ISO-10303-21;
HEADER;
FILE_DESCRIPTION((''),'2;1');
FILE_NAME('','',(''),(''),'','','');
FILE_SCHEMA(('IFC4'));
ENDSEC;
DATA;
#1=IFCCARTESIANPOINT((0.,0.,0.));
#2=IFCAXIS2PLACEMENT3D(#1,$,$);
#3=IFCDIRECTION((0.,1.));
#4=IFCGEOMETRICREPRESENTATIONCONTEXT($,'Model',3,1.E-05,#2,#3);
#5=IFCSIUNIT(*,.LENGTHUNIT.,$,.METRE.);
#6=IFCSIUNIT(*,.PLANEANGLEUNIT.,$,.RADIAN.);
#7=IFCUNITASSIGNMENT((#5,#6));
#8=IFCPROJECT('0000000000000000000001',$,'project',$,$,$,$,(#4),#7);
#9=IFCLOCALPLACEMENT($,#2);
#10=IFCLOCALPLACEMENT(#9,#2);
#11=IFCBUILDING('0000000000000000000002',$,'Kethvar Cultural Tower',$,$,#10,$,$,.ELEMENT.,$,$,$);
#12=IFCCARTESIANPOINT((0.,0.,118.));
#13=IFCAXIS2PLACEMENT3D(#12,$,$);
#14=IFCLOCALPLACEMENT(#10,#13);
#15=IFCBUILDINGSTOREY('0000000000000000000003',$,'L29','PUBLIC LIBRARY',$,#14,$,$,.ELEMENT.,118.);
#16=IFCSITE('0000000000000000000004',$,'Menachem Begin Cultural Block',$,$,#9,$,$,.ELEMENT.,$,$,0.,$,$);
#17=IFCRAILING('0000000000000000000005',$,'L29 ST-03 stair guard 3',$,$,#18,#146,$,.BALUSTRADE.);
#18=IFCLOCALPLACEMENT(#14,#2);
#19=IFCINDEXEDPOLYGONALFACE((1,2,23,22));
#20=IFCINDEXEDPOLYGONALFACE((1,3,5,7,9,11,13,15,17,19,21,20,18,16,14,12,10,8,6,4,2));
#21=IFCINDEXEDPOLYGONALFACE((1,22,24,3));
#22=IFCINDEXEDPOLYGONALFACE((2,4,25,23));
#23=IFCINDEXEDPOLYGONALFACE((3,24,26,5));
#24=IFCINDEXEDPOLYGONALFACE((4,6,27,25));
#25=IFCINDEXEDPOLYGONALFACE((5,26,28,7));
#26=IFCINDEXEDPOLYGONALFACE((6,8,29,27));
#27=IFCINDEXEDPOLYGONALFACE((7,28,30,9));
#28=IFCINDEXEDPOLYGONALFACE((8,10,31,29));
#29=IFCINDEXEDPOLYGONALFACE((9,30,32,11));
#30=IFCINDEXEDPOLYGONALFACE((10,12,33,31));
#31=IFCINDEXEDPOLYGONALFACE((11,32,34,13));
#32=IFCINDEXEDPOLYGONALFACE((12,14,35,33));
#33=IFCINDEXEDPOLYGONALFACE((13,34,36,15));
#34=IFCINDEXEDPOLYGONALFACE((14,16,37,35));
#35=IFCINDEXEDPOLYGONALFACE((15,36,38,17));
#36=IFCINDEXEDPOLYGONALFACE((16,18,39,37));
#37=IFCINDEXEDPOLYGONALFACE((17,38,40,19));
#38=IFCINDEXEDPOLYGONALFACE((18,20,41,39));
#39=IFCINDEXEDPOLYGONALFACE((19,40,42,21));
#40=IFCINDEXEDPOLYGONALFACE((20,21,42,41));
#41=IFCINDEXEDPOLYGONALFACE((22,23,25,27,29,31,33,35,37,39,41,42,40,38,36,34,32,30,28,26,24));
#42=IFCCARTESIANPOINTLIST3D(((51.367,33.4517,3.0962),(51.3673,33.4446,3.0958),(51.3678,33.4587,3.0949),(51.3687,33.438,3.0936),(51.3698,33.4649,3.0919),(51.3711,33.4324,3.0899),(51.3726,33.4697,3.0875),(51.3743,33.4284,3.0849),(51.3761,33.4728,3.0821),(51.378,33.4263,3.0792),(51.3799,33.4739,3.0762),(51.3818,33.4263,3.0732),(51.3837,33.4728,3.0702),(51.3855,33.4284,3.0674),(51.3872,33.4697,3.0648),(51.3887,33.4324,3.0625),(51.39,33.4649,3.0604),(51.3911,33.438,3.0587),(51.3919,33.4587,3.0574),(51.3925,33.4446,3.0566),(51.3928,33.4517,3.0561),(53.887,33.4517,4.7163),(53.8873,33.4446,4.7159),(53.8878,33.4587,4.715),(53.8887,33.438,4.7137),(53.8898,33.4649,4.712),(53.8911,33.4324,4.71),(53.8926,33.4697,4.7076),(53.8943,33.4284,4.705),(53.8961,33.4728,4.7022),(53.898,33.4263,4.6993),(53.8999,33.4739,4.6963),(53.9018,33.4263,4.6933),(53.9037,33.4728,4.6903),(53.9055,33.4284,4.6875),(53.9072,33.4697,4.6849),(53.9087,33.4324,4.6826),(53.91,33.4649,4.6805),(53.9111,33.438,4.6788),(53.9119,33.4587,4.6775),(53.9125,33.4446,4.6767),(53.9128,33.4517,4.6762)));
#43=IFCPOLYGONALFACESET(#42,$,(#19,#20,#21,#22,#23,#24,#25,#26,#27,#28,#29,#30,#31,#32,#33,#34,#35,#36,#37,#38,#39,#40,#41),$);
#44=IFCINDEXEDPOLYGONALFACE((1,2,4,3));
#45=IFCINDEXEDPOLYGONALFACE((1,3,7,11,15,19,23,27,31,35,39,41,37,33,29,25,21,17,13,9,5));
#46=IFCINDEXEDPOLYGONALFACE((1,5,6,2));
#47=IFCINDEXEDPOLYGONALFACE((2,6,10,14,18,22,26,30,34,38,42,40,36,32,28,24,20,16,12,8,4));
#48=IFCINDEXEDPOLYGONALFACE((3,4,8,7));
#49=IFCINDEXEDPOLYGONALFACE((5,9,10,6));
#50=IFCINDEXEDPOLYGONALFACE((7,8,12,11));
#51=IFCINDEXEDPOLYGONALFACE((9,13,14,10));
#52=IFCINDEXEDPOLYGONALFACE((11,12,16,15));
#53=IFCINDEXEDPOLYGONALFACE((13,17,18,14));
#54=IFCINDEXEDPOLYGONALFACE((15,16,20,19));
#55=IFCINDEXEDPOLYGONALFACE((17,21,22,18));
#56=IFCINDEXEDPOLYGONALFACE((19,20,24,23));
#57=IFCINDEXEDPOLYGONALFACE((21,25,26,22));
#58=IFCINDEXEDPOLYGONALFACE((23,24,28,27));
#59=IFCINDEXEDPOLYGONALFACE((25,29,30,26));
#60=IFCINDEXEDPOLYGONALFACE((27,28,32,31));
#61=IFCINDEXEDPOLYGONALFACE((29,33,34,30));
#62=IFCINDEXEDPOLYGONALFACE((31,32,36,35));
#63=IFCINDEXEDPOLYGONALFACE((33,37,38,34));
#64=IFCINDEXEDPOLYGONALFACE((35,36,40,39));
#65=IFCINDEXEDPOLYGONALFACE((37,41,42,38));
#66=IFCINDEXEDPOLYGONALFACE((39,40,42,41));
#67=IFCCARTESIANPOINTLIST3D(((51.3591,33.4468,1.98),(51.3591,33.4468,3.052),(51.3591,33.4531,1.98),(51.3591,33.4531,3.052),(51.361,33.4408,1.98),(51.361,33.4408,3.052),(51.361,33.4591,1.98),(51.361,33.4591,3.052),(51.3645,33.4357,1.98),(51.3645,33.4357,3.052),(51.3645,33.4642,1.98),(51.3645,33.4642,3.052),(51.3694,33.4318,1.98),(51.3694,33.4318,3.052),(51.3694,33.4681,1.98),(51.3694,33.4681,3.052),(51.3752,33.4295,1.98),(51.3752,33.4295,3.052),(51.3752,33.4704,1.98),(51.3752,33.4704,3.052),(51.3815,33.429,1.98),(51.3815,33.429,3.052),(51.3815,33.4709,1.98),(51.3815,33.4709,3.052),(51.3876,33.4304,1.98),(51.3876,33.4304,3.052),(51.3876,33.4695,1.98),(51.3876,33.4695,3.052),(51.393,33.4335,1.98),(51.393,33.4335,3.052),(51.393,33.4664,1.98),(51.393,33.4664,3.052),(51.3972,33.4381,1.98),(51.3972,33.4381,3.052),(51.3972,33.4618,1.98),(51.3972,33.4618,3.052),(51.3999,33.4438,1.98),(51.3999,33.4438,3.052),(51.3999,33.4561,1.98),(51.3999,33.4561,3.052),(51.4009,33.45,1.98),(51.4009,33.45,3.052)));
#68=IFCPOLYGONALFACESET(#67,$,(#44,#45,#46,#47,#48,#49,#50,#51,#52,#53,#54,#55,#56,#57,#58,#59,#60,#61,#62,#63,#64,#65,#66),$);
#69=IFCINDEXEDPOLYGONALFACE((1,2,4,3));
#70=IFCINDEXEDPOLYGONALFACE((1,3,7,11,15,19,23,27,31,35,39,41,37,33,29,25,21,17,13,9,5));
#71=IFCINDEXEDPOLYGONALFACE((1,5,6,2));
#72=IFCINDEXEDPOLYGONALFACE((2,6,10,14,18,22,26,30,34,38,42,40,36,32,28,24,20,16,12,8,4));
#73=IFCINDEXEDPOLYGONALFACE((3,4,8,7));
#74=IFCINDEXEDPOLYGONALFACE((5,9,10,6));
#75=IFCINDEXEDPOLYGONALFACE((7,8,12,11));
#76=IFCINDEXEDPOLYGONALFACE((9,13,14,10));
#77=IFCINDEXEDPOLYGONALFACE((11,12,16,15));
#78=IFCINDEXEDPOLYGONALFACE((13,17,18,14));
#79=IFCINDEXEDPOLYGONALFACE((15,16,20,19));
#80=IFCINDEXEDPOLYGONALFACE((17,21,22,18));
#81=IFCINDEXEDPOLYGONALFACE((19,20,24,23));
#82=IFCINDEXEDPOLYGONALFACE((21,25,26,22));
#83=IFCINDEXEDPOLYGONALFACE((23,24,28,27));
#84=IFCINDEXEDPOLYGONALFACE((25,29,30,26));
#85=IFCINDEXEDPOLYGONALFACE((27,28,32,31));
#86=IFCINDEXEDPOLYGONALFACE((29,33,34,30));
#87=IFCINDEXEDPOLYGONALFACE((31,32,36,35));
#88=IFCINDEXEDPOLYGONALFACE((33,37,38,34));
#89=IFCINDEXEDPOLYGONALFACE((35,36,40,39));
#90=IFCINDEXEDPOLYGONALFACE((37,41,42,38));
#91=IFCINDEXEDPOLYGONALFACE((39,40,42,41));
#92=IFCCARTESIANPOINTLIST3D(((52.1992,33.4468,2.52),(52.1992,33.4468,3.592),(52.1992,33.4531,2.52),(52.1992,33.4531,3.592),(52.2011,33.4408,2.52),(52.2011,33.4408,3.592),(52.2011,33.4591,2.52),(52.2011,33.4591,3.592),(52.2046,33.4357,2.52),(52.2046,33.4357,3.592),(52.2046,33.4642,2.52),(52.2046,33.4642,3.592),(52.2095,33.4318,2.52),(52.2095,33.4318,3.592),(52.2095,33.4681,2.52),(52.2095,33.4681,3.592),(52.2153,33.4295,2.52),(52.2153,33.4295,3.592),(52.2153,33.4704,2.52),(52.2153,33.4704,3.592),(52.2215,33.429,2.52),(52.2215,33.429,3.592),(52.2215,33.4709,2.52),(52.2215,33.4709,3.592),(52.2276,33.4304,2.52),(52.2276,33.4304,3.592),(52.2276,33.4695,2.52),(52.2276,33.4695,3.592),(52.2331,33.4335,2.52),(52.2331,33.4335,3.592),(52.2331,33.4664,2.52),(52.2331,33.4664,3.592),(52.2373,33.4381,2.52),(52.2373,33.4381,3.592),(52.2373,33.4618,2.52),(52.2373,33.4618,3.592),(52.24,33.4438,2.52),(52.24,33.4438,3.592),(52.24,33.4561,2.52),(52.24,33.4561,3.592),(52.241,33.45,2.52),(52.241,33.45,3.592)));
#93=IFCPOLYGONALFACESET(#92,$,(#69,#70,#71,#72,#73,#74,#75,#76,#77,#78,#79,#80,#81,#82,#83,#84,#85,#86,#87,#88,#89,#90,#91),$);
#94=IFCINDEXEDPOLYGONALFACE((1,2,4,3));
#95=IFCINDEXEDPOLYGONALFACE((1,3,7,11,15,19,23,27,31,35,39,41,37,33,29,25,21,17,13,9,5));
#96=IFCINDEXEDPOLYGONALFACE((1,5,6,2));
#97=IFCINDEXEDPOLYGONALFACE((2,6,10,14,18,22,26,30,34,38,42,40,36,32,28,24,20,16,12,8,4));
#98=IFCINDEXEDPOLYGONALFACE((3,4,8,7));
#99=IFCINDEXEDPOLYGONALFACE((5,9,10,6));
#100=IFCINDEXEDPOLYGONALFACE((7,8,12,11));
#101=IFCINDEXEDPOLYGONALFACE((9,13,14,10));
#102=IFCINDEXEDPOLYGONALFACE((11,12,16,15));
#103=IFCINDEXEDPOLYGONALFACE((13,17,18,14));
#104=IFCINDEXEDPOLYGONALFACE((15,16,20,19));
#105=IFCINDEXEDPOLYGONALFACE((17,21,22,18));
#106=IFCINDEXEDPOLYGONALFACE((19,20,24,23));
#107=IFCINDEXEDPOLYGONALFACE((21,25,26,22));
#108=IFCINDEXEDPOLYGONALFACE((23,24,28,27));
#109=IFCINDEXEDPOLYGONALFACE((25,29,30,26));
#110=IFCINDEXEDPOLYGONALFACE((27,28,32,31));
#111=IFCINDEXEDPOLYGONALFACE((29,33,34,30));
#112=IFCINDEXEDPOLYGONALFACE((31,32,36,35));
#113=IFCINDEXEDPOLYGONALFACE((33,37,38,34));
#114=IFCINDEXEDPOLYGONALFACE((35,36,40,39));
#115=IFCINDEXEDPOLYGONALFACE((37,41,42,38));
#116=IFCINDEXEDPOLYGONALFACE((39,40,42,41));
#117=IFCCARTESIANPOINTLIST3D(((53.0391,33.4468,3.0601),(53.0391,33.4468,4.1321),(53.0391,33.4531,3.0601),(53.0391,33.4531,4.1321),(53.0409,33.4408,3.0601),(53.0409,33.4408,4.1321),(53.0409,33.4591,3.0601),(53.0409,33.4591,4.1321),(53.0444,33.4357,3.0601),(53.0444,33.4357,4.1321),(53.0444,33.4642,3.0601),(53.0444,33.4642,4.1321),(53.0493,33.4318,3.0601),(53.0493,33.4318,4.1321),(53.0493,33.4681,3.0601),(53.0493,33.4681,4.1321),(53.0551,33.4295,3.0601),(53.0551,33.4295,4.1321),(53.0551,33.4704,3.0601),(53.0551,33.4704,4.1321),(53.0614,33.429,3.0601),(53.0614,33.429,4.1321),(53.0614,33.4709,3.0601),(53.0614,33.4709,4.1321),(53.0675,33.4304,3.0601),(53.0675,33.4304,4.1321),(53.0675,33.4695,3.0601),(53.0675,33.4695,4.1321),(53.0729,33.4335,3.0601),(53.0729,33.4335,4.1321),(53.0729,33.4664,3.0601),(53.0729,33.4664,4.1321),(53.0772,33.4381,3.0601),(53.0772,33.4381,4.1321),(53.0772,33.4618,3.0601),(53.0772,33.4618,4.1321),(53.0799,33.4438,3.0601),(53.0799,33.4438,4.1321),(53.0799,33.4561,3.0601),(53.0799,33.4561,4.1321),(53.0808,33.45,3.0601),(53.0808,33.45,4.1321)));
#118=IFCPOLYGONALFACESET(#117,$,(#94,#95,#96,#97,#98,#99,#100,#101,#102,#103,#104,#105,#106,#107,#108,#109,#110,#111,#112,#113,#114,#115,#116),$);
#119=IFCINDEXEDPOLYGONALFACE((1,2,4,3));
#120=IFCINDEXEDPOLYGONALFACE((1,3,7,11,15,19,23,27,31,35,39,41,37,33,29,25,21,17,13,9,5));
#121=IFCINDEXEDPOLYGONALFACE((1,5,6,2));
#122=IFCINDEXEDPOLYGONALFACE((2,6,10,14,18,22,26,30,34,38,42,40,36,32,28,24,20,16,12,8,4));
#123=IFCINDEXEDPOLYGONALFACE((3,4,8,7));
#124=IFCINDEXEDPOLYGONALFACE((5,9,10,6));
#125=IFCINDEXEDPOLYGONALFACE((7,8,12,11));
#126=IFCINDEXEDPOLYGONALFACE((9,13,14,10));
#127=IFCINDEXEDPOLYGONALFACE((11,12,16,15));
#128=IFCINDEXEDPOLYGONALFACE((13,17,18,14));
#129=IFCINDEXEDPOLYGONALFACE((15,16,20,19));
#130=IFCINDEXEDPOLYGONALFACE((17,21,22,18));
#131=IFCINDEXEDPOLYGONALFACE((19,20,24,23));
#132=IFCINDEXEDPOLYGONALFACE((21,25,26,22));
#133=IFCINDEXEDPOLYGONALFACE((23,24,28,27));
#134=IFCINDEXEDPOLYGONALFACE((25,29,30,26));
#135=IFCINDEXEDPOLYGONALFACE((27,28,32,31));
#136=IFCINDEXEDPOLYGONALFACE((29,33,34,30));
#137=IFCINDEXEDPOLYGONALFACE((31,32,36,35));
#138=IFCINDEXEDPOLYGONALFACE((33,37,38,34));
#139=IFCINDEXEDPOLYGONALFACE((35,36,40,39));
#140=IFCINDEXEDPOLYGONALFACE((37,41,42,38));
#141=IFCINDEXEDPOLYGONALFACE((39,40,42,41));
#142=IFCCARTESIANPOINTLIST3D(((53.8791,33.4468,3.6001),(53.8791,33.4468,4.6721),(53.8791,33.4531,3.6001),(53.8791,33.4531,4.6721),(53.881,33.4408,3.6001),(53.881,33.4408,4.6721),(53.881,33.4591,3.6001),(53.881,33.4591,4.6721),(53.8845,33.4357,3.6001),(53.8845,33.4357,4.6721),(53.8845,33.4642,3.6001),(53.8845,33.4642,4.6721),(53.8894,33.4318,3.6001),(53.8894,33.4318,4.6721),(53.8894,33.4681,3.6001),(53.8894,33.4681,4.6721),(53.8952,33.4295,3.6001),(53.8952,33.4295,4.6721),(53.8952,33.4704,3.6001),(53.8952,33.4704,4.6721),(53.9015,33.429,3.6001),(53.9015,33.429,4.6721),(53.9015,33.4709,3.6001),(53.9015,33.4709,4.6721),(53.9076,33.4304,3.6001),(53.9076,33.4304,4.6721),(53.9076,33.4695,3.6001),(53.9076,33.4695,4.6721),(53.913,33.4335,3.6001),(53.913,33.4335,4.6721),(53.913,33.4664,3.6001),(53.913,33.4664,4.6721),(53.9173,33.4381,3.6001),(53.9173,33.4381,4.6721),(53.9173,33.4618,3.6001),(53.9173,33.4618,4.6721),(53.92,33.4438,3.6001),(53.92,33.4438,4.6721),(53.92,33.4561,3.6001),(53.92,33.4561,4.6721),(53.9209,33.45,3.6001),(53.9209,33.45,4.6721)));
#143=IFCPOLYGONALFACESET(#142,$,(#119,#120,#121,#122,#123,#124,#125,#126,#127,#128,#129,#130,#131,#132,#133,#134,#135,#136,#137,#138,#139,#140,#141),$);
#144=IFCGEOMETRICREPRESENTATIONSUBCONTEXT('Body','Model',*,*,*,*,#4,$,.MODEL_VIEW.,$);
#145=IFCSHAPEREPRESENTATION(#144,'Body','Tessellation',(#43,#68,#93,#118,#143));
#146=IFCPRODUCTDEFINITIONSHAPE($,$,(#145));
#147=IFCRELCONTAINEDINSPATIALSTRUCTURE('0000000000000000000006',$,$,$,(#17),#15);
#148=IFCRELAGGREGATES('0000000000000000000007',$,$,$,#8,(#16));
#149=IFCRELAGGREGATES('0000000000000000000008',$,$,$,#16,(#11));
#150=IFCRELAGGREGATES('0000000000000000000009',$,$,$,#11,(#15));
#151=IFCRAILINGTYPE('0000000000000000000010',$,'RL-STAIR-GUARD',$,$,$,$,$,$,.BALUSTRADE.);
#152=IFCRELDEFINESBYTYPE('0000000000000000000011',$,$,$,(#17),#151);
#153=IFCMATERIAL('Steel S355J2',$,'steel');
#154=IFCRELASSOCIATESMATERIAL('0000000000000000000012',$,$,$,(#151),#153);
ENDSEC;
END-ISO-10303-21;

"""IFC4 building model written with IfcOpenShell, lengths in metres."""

from ifc_helpers import new_model, si_unit, direction, frame, origin, origin_2d, place, context, subcontext, project, spatial, circle, extrude, material, type_object, element, save


model = new_model("IFC4")

# Units and contexts
model_context = context("Model", 3, precision=1e-05, world=origin(), true_north=direction((0.0, 1.0)))
body_context = subcontext(model_context, "Body", "Model", "MODEL_VIEW")
ifc_project = project(units=[si_unit("LENGTHUNIT", "METRE"), si_unit("PLANEANGLEUNIT", "RADIAN")], contexts=[model_context])

# Site, building, storey
site_placement = place(None, origin())
site = spatial("IfcSite", under=ifc_project, at=site_placement, Name="Menachem Begin Cultural Block", CompositionType="ELEMENT", RefElevation=0.0)
building_placement = place(site_placement, origin())
building = spatial("IfcBuilding", under=site, at=building_placement, Name="Kethvar Cultural Tower", CompositionType="ELEMENT")
storey_placement = place(building_placement, frame((0.0, 0.0, 118.0)))
storey = spatial("IfcBuildingStorey", under=building, at=storey_placement, Name="L29", Description="PUBLIC LIBRARY", CompositionType="ELEMENT", Elevation=118.0)

# Shared definitions
ifc_material_1 = material(Name="Steel S355J2", Category="steel")

# Railing
railing_type_1 = type_object("IfcRailingType", Name="RL-STAIR-GUARD", PredefinedType="BALUSTRADE", material=ifc_material_1)
railing_1_placement = place(storey_placement, frame((51.3799, 33.45, 1.98)))
element("IfcRailing", 1, at=railing_1_placement, inside=storey, type_object=railing_type_1, Name="L29 ST-03 stair guard 3", PredefinedType="BALUSTRADE", context=body_context, shape_type="SweptSolid", body=[
    extrude(circle(Radius=0.0239, at=origin_2d()), frame((0.0, 0.0, 1.0962), z_axis=(0.841163, 0.0, 0.540782), x_axis=(0.0, 1.0, 0.0)), (0.0, 0.0, 1.0), 2.9958),
    extrude(circle(Radius=0.021, at=origin_2d()), origin(), (0.0, 0.0, 1.0), 1.072),
    extrude(circle(Radius=0.021, at=origin_2d()), frame((0.8401, 0.0, 0.54)), (0.0, 0.0, 1.0), 1.072),
    extrude(circle(Radius=0.021, at=origin_2d()), frame((1.6799, 0.0, 1.0801)), (0.0, 0.0, 1.0), 1.072),
    extrude(circle(Radius=0.021, at=origin_2d()), frame((2.52, 0.0, 1.6201)), (0.0, 0.0, 1.0), 1.072),
])

save(model, "model.ifc")
